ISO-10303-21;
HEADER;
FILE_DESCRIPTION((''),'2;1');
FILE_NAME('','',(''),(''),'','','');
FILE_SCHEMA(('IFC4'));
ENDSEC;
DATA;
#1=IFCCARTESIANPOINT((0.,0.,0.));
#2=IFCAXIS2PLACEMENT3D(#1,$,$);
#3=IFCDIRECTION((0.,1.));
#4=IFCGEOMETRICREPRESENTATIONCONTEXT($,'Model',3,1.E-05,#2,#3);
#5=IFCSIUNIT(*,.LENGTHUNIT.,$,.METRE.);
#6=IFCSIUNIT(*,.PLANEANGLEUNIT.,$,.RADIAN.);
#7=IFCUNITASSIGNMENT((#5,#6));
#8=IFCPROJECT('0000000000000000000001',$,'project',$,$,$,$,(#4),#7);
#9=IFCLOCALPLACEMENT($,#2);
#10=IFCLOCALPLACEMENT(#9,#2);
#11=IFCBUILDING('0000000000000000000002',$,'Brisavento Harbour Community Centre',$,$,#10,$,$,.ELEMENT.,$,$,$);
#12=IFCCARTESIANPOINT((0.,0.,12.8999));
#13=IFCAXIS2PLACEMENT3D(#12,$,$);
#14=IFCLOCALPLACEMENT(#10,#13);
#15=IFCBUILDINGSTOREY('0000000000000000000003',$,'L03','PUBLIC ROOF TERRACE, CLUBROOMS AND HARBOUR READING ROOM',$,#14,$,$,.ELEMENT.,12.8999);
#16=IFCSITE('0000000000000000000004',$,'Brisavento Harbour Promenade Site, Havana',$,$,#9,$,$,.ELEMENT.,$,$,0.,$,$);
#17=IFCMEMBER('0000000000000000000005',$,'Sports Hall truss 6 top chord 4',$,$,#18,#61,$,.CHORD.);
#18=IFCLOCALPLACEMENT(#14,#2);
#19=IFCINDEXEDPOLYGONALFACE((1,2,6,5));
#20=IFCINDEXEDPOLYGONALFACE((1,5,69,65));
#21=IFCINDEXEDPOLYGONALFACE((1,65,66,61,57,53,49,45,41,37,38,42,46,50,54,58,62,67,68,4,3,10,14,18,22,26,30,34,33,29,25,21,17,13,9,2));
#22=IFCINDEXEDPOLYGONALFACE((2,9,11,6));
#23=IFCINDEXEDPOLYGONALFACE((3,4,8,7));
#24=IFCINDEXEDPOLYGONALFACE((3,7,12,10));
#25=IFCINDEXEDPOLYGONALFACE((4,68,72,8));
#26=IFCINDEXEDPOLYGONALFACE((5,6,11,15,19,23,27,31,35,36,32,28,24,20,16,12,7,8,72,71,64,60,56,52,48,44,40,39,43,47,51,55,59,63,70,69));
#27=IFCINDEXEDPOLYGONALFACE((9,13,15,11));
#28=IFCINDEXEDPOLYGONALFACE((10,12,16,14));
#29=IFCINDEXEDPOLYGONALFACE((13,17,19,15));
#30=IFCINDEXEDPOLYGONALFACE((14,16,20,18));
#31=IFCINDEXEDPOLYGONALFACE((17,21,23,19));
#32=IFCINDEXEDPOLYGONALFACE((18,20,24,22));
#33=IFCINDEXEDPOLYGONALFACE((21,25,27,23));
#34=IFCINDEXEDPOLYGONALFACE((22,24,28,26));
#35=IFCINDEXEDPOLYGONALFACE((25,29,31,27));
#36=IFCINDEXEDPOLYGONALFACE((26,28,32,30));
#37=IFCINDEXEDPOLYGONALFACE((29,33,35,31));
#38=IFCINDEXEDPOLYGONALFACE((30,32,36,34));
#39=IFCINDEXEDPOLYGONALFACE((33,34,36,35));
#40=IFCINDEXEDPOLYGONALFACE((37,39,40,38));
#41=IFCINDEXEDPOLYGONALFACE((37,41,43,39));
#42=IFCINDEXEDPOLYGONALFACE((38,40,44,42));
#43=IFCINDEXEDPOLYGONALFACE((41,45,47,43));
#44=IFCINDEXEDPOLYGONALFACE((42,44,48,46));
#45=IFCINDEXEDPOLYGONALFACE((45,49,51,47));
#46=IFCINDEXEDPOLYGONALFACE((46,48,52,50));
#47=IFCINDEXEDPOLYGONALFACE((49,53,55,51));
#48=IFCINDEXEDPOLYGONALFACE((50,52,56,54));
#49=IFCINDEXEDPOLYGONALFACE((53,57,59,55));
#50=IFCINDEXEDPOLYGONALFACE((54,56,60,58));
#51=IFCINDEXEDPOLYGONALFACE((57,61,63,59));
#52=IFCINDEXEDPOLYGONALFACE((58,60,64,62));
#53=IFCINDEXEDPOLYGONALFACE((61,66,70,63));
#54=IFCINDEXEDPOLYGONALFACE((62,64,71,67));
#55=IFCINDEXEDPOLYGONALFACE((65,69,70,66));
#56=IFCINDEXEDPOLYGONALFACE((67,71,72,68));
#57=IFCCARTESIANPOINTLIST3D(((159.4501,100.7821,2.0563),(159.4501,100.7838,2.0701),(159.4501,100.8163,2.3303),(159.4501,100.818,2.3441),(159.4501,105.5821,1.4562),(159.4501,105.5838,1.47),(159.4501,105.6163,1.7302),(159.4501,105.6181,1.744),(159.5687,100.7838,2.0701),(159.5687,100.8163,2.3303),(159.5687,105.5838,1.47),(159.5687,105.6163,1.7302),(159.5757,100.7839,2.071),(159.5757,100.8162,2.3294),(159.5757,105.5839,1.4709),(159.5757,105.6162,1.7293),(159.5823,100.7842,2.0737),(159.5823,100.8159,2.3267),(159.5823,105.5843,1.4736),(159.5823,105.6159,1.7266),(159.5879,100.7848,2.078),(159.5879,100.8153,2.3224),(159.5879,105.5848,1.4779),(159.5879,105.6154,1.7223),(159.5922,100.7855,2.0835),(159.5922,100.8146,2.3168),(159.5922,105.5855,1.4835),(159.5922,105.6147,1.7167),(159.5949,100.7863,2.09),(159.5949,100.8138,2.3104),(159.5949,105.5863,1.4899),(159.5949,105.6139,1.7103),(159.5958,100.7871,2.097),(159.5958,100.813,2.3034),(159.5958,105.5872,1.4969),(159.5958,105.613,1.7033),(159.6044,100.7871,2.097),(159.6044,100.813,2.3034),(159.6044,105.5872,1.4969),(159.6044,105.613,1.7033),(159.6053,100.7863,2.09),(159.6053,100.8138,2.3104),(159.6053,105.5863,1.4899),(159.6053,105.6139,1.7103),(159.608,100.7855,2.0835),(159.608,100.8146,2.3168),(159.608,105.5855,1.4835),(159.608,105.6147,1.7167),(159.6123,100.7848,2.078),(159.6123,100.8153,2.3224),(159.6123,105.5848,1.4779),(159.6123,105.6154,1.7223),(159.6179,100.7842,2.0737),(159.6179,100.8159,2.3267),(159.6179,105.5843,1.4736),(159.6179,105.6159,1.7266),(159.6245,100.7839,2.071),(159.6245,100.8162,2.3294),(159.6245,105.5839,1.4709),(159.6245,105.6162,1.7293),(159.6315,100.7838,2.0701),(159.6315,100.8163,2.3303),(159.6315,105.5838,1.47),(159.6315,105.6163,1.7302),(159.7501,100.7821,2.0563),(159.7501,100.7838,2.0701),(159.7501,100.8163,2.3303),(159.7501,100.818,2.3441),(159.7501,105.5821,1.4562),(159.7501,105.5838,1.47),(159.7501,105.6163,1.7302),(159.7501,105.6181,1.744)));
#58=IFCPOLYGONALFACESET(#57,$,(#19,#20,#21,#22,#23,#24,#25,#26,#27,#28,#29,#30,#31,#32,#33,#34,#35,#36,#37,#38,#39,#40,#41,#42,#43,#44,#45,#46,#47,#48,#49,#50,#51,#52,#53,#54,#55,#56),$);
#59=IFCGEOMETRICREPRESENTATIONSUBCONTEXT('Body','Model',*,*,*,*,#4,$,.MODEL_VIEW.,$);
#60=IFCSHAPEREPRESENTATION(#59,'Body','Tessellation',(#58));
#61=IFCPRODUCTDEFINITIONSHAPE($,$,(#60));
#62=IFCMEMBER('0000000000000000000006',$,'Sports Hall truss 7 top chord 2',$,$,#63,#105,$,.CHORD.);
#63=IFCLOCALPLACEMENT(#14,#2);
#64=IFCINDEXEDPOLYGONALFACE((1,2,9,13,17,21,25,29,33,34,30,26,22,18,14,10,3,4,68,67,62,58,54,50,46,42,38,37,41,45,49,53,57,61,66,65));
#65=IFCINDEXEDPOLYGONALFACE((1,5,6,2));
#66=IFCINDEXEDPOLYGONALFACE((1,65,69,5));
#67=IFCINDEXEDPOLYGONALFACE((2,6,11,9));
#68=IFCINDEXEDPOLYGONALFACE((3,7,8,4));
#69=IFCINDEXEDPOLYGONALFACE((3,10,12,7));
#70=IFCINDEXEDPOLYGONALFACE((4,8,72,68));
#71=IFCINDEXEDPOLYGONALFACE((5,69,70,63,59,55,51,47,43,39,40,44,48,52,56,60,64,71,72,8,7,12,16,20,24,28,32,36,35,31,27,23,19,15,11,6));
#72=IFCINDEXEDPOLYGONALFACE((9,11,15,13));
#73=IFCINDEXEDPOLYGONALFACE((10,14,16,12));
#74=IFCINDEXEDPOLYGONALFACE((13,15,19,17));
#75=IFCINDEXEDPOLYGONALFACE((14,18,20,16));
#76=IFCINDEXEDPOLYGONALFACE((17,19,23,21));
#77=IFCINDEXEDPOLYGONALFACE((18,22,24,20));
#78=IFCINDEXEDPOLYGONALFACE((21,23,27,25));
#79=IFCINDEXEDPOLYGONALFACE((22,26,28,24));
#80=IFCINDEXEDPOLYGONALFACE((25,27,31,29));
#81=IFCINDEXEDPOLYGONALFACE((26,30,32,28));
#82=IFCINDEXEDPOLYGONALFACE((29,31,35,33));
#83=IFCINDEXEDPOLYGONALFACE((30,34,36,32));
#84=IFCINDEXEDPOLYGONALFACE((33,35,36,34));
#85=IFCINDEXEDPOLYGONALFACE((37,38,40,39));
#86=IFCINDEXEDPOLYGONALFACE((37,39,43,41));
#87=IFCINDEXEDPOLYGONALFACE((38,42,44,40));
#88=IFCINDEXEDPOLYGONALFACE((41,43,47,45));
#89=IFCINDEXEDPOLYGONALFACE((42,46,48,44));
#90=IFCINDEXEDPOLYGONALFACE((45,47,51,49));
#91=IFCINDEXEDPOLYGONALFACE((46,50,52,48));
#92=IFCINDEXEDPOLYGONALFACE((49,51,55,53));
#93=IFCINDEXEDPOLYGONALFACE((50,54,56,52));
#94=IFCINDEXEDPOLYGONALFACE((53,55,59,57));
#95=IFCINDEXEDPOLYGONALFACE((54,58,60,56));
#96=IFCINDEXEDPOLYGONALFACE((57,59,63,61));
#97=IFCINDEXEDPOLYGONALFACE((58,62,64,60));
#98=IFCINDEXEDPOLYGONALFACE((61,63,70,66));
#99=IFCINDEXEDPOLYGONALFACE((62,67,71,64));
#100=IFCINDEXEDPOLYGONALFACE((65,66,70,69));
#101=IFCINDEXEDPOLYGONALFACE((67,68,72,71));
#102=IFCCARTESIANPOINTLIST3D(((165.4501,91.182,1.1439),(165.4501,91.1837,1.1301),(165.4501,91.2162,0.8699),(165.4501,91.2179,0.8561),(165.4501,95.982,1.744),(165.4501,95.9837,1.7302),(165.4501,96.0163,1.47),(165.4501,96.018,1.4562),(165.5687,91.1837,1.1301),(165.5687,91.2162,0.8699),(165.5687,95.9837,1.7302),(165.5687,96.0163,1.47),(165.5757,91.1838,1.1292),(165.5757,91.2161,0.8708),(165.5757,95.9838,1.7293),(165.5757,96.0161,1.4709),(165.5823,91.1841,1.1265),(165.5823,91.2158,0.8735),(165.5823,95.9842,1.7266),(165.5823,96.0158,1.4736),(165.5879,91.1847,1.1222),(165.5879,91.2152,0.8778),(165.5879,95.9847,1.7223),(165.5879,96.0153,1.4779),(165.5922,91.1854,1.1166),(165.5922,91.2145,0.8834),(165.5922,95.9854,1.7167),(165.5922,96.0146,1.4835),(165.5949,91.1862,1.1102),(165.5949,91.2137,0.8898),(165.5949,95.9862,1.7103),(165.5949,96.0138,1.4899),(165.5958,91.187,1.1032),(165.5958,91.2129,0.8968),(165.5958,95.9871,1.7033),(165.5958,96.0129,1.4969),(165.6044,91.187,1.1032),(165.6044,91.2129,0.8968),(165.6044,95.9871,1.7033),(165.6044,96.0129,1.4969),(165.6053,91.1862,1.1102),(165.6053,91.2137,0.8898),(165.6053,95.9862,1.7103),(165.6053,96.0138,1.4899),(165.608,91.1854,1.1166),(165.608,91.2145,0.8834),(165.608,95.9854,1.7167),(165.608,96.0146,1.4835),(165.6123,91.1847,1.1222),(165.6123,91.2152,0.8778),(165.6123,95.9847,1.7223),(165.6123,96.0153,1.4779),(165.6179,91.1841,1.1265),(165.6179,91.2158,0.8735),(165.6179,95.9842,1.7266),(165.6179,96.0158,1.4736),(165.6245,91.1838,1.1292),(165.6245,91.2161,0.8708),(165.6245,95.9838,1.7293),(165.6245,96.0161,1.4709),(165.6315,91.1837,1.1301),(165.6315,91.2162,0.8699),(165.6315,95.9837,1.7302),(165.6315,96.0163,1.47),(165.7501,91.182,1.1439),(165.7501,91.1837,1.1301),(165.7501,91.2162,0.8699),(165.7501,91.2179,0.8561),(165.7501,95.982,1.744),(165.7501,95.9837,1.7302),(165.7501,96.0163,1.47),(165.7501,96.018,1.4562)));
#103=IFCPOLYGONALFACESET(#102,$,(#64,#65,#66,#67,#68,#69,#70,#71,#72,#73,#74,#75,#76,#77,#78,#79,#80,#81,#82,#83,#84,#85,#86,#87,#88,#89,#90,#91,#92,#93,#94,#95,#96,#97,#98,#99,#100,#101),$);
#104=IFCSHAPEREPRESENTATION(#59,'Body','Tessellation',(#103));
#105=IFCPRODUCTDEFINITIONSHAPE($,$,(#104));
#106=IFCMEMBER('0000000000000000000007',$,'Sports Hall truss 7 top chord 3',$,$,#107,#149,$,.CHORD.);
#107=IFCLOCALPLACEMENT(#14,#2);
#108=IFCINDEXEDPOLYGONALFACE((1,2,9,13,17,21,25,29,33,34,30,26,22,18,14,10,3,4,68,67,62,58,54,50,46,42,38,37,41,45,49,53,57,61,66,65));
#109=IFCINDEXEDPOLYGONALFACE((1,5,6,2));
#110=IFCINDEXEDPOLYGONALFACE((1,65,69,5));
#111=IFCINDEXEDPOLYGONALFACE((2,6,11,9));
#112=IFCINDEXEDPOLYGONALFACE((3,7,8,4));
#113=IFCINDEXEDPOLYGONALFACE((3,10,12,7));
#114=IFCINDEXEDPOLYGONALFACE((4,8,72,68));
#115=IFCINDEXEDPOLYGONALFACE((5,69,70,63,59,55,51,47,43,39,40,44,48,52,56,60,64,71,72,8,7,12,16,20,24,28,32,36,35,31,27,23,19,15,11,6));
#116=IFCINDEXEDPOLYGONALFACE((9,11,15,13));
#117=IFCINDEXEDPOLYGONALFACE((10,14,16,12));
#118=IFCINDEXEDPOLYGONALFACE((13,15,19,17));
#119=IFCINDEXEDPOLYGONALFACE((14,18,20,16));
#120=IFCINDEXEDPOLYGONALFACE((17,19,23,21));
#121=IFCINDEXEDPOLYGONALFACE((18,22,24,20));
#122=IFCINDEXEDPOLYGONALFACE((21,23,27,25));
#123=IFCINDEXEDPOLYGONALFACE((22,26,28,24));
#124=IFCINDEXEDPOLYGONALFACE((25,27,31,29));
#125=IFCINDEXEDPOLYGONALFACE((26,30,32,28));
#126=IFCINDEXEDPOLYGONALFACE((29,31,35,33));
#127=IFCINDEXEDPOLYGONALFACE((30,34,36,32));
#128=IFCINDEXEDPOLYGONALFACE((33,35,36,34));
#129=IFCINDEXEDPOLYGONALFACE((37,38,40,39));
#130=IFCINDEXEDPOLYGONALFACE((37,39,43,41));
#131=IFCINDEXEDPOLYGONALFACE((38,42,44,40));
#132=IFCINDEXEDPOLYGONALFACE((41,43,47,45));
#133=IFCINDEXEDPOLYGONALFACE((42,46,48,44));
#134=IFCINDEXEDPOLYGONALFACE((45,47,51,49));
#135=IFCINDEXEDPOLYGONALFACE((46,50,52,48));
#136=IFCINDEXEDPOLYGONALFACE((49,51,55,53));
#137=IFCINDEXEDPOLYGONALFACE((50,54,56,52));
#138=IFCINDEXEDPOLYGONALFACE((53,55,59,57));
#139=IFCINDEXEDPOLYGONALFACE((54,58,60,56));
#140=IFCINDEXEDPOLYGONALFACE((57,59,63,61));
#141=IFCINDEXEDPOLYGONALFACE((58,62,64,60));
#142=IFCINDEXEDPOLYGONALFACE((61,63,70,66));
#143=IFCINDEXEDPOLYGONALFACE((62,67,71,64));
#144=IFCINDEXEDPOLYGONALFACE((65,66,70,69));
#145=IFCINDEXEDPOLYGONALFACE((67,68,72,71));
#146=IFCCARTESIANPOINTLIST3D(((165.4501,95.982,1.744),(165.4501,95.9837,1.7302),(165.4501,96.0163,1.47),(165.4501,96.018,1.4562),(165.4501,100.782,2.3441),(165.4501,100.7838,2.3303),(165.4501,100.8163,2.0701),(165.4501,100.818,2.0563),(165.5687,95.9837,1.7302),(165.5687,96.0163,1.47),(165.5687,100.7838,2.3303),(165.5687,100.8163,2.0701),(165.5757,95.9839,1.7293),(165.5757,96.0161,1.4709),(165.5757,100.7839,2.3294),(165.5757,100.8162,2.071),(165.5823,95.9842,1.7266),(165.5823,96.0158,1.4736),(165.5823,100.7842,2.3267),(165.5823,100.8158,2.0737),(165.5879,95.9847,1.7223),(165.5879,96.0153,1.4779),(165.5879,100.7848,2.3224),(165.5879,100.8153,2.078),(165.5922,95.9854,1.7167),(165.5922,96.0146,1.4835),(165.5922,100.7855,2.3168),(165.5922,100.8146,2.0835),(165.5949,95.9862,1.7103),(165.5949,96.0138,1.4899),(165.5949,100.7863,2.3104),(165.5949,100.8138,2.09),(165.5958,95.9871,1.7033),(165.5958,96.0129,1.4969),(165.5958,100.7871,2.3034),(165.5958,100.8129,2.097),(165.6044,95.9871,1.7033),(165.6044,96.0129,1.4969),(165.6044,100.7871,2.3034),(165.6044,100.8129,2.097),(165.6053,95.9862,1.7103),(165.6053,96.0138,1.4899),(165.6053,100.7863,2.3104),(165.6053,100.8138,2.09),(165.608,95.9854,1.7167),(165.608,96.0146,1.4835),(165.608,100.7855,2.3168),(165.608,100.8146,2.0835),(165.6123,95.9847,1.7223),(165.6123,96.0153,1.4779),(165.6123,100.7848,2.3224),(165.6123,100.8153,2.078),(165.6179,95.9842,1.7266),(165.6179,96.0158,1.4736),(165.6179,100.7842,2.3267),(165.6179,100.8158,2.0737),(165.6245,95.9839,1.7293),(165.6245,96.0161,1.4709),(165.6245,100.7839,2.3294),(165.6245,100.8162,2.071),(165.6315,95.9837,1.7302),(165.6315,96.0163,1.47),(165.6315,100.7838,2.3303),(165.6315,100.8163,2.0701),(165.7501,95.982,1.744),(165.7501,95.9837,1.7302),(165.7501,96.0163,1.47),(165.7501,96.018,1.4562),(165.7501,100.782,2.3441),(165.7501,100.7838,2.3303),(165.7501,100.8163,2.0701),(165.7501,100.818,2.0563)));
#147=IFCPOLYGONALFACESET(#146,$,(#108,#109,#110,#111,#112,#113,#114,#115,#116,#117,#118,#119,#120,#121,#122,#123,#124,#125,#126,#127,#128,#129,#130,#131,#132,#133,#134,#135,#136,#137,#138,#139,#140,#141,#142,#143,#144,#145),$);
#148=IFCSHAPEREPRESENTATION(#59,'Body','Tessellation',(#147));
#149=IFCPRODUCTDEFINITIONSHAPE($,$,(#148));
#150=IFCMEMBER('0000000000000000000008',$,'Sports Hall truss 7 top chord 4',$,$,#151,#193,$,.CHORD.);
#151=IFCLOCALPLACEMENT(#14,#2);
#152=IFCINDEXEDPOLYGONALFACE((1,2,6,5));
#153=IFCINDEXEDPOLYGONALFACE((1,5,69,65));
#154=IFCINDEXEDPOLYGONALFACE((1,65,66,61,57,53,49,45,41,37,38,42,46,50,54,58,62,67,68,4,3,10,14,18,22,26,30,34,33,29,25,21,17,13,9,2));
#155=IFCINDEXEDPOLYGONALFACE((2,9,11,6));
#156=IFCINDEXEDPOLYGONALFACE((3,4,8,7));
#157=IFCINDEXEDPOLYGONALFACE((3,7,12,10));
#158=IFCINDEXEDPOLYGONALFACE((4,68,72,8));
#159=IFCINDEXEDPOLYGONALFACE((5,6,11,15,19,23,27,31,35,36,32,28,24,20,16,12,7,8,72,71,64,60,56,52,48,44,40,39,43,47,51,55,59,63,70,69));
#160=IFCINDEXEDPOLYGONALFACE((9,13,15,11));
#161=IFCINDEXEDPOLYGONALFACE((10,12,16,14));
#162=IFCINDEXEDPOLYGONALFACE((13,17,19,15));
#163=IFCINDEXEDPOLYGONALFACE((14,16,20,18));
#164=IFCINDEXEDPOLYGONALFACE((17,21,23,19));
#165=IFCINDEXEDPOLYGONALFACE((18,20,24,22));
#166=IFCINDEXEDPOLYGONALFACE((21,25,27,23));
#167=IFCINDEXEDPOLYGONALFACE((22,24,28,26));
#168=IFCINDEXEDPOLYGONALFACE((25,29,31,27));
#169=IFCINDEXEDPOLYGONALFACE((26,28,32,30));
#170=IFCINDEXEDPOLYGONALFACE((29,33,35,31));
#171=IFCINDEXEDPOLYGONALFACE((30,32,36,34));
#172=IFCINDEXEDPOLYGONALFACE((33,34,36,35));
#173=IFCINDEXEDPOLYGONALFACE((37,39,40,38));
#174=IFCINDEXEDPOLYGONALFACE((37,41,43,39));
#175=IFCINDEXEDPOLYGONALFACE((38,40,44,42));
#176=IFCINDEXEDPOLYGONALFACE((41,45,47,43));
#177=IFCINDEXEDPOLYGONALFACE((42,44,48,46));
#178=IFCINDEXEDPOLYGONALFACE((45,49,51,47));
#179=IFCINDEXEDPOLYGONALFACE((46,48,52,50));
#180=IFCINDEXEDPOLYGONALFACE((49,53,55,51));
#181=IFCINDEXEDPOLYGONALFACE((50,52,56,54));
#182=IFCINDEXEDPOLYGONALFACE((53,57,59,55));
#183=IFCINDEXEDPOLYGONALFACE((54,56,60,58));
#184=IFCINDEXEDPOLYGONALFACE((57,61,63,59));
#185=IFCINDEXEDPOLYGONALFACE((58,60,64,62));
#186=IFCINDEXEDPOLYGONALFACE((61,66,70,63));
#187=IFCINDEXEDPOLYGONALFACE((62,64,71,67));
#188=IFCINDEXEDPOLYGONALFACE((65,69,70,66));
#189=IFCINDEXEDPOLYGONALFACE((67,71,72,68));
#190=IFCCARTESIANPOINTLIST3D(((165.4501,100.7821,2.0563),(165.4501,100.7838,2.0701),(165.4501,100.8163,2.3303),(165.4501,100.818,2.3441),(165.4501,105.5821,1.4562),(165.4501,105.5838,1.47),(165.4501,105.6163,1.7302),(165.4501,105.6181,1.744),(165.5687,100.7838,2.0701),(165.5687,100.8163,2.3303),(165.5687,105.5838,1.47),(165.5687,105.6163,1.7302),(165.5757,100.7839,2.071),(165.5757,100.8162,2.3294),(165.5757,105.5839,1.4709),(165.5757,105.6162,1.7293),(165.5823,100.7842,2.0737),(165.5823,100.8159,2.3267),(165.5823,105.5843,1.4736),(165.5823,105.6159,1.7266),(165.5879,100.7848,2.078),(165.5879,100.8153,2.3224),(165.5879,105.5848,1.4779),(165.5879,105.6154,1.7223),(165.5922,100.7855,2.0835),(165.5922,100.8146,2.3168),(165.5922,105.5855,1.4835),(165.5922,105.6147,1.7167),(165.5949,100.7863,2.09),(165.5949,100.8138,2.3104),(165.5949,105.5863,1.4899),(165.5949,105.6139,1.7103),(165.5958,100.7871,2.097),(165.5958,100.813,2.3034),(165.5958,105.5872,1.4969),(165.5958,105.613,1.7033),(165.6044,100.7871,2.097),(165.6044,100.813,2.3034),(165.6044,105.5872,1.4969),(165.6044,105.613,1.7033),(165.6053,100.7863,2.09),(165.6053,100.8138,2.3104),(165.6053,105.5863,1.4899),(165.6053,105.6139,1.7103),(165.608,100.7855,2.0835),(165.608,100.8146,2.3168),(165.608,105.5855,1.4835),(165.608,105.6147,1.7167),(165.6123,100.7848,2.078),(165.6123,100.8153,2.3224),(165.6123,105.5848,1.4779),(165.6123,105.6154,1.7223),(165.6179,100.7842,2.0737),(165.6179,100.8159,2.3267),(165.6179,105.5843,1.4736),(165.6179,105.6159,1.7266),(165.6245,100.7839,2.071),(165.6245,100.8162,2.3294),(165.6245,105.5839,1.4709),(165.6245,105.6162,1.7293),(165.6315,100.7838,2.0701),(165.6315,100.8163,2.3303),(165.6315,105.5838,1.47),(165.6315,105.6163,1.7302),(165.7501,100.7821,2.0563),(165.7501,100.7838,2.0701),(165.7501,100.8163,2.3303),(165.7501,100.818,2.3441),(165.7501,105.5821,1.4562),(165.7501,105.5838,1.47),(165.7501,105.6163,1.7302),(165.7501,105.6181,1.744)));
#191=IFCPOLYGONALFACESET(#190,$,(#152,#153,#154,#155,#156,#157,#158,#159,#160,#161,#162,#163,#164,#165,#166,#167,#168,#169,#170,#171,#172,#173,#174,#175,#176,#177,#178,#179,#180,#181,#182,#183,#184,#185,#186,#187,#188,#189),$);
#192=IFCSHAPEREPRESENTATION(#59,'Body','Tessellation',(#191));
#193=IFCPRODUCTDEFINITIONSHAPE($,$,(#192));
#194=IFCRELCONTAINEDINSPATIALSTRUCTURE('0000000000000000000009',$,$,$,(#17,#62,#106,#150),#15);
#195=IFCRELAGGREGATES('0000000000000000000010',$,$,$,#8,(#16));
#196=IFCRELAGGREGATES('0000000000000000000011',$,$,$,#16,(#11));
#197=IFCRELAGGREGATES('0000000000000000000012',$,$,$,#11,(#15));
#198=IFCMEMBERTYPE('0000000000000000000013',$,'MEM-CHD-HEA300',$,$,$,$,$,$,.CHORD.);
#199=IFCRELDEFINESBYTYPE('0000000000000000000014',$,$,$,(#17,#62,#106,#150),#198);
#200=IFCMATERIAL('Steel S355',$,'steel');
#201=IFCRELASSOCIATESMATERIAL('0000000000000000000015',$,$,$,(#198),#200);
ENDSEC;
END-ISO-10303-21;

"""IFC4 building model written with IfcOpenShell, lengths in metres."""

from ifc_helpers import new_model, si_unit, direction, frame, origin, origin_2d, place, context, subcontext, project, spatial, i_section, extrude, material, material_profile, profile_set, type_object, element, save


model = new_model("IFC4")

# Units and contexts
model_context = context("Model", 3, precision=1e-05, world=origin(), true_north=direction((0.0, 1.0)))
body_context = subcontext(model_context, "Body", "Model", "MODEL_VIEW")
ifc_project = project(units=[si_unit("LENGTHUNIT", "METRE"), si_unit("PLANEANGLEUNIT", "RADIAN")], contexts=[model_context])

# Site, building, storey
site_placement = place(None, origin())
site = spatial("IfcSite", under=ifc_project, at=site_placement, Name="Brisavento Harbour Promenade Site, Havana", CompositionType="ELEMENT", RefElevation=0.0)
building_placement = place(site_placement, origin())
building = spatial("IfcBuilding", under=site, at=building_placement, Name="Brisavento Harbour Community Centre", CompositionType="ELEMENT")
storey_placement = place(building_placement, frame((0.0, 0.0, 12.8999)))
storey = spatial("IfcBuildingStorey", under=building, at=storey_placement, Name="L03", Description="PUBLIC ROOF TERRACE, CLUBROOMS AND HARBOUR READING ROOM", CompositionType="ELEMENT", Elevation=12.8999)

# Members
ifc_material_1 = material(Name="Steel S355", Category="steel")
ifc_material_profile_1 = material_profile(ifc_material_1, i_section(OverallWidth=0.3, OverallDepth=0.29, WebThickness=0.0085, FlangeThickness=0.0139, FilletRadius=0.0271, at=origin_2d()), Name="Steel S355")
ifc_profile_set_1 = profile_set([ifc_material_profile_1], Name="Steel S355")
member_type_1 = type_object("IfcMemberType", Name="MEM-CHD-HEA300", PredefinedType="CHORD", material=ifc_profile_set_1)
for number, where, z_axis, x_axis, name in (
    (1, (159.6001, 100.8, 2.2002), (0.0, 0.992276, -0.124053), (-1.0, 0.0, 0.0), "Sports Hall truss 6 top chord 4"),
    (2, (165.6001, 91.2, 1.0), (0.0, 0.992276, 0.124053), (-1.0, 0.0, 0.0), "Sports Hall truss 7 top chord 2"),
    (3, (165.6001, 96.0, 1.6001), (0.0, 0.992276, 0.124053), (-1.0, 0.0, 0.0), "Sports Hall truss 7 top chord 3"),
    (4, (165.6001, 100.8, 2.2002), (0.0, 0.992276, -0.124053), (-1.0, 0.0, 0.0), "Sports Hall truss 7 top chord 4"),
):
    element("IfcMember", number, at=place(storey_placement, frame(where, z_axis=z_axis, x_axis=x_axis)), inside=storey, type_object=member_type_1, Name=name, PredefinedType="CHORD", context=body_context, shape_type="SweptSolid", body=[
        extrude(i_section(OverallWidth=0.3, OverallDepth=0.29, WebThickness=0.0085, FlangeThickness=0.0139, FilletRadius=0.0271, at=origin_2d()), origin(), (0.0, 0.0, 1.0), 4.8374),
    ])

save(model, "model.ifc")
